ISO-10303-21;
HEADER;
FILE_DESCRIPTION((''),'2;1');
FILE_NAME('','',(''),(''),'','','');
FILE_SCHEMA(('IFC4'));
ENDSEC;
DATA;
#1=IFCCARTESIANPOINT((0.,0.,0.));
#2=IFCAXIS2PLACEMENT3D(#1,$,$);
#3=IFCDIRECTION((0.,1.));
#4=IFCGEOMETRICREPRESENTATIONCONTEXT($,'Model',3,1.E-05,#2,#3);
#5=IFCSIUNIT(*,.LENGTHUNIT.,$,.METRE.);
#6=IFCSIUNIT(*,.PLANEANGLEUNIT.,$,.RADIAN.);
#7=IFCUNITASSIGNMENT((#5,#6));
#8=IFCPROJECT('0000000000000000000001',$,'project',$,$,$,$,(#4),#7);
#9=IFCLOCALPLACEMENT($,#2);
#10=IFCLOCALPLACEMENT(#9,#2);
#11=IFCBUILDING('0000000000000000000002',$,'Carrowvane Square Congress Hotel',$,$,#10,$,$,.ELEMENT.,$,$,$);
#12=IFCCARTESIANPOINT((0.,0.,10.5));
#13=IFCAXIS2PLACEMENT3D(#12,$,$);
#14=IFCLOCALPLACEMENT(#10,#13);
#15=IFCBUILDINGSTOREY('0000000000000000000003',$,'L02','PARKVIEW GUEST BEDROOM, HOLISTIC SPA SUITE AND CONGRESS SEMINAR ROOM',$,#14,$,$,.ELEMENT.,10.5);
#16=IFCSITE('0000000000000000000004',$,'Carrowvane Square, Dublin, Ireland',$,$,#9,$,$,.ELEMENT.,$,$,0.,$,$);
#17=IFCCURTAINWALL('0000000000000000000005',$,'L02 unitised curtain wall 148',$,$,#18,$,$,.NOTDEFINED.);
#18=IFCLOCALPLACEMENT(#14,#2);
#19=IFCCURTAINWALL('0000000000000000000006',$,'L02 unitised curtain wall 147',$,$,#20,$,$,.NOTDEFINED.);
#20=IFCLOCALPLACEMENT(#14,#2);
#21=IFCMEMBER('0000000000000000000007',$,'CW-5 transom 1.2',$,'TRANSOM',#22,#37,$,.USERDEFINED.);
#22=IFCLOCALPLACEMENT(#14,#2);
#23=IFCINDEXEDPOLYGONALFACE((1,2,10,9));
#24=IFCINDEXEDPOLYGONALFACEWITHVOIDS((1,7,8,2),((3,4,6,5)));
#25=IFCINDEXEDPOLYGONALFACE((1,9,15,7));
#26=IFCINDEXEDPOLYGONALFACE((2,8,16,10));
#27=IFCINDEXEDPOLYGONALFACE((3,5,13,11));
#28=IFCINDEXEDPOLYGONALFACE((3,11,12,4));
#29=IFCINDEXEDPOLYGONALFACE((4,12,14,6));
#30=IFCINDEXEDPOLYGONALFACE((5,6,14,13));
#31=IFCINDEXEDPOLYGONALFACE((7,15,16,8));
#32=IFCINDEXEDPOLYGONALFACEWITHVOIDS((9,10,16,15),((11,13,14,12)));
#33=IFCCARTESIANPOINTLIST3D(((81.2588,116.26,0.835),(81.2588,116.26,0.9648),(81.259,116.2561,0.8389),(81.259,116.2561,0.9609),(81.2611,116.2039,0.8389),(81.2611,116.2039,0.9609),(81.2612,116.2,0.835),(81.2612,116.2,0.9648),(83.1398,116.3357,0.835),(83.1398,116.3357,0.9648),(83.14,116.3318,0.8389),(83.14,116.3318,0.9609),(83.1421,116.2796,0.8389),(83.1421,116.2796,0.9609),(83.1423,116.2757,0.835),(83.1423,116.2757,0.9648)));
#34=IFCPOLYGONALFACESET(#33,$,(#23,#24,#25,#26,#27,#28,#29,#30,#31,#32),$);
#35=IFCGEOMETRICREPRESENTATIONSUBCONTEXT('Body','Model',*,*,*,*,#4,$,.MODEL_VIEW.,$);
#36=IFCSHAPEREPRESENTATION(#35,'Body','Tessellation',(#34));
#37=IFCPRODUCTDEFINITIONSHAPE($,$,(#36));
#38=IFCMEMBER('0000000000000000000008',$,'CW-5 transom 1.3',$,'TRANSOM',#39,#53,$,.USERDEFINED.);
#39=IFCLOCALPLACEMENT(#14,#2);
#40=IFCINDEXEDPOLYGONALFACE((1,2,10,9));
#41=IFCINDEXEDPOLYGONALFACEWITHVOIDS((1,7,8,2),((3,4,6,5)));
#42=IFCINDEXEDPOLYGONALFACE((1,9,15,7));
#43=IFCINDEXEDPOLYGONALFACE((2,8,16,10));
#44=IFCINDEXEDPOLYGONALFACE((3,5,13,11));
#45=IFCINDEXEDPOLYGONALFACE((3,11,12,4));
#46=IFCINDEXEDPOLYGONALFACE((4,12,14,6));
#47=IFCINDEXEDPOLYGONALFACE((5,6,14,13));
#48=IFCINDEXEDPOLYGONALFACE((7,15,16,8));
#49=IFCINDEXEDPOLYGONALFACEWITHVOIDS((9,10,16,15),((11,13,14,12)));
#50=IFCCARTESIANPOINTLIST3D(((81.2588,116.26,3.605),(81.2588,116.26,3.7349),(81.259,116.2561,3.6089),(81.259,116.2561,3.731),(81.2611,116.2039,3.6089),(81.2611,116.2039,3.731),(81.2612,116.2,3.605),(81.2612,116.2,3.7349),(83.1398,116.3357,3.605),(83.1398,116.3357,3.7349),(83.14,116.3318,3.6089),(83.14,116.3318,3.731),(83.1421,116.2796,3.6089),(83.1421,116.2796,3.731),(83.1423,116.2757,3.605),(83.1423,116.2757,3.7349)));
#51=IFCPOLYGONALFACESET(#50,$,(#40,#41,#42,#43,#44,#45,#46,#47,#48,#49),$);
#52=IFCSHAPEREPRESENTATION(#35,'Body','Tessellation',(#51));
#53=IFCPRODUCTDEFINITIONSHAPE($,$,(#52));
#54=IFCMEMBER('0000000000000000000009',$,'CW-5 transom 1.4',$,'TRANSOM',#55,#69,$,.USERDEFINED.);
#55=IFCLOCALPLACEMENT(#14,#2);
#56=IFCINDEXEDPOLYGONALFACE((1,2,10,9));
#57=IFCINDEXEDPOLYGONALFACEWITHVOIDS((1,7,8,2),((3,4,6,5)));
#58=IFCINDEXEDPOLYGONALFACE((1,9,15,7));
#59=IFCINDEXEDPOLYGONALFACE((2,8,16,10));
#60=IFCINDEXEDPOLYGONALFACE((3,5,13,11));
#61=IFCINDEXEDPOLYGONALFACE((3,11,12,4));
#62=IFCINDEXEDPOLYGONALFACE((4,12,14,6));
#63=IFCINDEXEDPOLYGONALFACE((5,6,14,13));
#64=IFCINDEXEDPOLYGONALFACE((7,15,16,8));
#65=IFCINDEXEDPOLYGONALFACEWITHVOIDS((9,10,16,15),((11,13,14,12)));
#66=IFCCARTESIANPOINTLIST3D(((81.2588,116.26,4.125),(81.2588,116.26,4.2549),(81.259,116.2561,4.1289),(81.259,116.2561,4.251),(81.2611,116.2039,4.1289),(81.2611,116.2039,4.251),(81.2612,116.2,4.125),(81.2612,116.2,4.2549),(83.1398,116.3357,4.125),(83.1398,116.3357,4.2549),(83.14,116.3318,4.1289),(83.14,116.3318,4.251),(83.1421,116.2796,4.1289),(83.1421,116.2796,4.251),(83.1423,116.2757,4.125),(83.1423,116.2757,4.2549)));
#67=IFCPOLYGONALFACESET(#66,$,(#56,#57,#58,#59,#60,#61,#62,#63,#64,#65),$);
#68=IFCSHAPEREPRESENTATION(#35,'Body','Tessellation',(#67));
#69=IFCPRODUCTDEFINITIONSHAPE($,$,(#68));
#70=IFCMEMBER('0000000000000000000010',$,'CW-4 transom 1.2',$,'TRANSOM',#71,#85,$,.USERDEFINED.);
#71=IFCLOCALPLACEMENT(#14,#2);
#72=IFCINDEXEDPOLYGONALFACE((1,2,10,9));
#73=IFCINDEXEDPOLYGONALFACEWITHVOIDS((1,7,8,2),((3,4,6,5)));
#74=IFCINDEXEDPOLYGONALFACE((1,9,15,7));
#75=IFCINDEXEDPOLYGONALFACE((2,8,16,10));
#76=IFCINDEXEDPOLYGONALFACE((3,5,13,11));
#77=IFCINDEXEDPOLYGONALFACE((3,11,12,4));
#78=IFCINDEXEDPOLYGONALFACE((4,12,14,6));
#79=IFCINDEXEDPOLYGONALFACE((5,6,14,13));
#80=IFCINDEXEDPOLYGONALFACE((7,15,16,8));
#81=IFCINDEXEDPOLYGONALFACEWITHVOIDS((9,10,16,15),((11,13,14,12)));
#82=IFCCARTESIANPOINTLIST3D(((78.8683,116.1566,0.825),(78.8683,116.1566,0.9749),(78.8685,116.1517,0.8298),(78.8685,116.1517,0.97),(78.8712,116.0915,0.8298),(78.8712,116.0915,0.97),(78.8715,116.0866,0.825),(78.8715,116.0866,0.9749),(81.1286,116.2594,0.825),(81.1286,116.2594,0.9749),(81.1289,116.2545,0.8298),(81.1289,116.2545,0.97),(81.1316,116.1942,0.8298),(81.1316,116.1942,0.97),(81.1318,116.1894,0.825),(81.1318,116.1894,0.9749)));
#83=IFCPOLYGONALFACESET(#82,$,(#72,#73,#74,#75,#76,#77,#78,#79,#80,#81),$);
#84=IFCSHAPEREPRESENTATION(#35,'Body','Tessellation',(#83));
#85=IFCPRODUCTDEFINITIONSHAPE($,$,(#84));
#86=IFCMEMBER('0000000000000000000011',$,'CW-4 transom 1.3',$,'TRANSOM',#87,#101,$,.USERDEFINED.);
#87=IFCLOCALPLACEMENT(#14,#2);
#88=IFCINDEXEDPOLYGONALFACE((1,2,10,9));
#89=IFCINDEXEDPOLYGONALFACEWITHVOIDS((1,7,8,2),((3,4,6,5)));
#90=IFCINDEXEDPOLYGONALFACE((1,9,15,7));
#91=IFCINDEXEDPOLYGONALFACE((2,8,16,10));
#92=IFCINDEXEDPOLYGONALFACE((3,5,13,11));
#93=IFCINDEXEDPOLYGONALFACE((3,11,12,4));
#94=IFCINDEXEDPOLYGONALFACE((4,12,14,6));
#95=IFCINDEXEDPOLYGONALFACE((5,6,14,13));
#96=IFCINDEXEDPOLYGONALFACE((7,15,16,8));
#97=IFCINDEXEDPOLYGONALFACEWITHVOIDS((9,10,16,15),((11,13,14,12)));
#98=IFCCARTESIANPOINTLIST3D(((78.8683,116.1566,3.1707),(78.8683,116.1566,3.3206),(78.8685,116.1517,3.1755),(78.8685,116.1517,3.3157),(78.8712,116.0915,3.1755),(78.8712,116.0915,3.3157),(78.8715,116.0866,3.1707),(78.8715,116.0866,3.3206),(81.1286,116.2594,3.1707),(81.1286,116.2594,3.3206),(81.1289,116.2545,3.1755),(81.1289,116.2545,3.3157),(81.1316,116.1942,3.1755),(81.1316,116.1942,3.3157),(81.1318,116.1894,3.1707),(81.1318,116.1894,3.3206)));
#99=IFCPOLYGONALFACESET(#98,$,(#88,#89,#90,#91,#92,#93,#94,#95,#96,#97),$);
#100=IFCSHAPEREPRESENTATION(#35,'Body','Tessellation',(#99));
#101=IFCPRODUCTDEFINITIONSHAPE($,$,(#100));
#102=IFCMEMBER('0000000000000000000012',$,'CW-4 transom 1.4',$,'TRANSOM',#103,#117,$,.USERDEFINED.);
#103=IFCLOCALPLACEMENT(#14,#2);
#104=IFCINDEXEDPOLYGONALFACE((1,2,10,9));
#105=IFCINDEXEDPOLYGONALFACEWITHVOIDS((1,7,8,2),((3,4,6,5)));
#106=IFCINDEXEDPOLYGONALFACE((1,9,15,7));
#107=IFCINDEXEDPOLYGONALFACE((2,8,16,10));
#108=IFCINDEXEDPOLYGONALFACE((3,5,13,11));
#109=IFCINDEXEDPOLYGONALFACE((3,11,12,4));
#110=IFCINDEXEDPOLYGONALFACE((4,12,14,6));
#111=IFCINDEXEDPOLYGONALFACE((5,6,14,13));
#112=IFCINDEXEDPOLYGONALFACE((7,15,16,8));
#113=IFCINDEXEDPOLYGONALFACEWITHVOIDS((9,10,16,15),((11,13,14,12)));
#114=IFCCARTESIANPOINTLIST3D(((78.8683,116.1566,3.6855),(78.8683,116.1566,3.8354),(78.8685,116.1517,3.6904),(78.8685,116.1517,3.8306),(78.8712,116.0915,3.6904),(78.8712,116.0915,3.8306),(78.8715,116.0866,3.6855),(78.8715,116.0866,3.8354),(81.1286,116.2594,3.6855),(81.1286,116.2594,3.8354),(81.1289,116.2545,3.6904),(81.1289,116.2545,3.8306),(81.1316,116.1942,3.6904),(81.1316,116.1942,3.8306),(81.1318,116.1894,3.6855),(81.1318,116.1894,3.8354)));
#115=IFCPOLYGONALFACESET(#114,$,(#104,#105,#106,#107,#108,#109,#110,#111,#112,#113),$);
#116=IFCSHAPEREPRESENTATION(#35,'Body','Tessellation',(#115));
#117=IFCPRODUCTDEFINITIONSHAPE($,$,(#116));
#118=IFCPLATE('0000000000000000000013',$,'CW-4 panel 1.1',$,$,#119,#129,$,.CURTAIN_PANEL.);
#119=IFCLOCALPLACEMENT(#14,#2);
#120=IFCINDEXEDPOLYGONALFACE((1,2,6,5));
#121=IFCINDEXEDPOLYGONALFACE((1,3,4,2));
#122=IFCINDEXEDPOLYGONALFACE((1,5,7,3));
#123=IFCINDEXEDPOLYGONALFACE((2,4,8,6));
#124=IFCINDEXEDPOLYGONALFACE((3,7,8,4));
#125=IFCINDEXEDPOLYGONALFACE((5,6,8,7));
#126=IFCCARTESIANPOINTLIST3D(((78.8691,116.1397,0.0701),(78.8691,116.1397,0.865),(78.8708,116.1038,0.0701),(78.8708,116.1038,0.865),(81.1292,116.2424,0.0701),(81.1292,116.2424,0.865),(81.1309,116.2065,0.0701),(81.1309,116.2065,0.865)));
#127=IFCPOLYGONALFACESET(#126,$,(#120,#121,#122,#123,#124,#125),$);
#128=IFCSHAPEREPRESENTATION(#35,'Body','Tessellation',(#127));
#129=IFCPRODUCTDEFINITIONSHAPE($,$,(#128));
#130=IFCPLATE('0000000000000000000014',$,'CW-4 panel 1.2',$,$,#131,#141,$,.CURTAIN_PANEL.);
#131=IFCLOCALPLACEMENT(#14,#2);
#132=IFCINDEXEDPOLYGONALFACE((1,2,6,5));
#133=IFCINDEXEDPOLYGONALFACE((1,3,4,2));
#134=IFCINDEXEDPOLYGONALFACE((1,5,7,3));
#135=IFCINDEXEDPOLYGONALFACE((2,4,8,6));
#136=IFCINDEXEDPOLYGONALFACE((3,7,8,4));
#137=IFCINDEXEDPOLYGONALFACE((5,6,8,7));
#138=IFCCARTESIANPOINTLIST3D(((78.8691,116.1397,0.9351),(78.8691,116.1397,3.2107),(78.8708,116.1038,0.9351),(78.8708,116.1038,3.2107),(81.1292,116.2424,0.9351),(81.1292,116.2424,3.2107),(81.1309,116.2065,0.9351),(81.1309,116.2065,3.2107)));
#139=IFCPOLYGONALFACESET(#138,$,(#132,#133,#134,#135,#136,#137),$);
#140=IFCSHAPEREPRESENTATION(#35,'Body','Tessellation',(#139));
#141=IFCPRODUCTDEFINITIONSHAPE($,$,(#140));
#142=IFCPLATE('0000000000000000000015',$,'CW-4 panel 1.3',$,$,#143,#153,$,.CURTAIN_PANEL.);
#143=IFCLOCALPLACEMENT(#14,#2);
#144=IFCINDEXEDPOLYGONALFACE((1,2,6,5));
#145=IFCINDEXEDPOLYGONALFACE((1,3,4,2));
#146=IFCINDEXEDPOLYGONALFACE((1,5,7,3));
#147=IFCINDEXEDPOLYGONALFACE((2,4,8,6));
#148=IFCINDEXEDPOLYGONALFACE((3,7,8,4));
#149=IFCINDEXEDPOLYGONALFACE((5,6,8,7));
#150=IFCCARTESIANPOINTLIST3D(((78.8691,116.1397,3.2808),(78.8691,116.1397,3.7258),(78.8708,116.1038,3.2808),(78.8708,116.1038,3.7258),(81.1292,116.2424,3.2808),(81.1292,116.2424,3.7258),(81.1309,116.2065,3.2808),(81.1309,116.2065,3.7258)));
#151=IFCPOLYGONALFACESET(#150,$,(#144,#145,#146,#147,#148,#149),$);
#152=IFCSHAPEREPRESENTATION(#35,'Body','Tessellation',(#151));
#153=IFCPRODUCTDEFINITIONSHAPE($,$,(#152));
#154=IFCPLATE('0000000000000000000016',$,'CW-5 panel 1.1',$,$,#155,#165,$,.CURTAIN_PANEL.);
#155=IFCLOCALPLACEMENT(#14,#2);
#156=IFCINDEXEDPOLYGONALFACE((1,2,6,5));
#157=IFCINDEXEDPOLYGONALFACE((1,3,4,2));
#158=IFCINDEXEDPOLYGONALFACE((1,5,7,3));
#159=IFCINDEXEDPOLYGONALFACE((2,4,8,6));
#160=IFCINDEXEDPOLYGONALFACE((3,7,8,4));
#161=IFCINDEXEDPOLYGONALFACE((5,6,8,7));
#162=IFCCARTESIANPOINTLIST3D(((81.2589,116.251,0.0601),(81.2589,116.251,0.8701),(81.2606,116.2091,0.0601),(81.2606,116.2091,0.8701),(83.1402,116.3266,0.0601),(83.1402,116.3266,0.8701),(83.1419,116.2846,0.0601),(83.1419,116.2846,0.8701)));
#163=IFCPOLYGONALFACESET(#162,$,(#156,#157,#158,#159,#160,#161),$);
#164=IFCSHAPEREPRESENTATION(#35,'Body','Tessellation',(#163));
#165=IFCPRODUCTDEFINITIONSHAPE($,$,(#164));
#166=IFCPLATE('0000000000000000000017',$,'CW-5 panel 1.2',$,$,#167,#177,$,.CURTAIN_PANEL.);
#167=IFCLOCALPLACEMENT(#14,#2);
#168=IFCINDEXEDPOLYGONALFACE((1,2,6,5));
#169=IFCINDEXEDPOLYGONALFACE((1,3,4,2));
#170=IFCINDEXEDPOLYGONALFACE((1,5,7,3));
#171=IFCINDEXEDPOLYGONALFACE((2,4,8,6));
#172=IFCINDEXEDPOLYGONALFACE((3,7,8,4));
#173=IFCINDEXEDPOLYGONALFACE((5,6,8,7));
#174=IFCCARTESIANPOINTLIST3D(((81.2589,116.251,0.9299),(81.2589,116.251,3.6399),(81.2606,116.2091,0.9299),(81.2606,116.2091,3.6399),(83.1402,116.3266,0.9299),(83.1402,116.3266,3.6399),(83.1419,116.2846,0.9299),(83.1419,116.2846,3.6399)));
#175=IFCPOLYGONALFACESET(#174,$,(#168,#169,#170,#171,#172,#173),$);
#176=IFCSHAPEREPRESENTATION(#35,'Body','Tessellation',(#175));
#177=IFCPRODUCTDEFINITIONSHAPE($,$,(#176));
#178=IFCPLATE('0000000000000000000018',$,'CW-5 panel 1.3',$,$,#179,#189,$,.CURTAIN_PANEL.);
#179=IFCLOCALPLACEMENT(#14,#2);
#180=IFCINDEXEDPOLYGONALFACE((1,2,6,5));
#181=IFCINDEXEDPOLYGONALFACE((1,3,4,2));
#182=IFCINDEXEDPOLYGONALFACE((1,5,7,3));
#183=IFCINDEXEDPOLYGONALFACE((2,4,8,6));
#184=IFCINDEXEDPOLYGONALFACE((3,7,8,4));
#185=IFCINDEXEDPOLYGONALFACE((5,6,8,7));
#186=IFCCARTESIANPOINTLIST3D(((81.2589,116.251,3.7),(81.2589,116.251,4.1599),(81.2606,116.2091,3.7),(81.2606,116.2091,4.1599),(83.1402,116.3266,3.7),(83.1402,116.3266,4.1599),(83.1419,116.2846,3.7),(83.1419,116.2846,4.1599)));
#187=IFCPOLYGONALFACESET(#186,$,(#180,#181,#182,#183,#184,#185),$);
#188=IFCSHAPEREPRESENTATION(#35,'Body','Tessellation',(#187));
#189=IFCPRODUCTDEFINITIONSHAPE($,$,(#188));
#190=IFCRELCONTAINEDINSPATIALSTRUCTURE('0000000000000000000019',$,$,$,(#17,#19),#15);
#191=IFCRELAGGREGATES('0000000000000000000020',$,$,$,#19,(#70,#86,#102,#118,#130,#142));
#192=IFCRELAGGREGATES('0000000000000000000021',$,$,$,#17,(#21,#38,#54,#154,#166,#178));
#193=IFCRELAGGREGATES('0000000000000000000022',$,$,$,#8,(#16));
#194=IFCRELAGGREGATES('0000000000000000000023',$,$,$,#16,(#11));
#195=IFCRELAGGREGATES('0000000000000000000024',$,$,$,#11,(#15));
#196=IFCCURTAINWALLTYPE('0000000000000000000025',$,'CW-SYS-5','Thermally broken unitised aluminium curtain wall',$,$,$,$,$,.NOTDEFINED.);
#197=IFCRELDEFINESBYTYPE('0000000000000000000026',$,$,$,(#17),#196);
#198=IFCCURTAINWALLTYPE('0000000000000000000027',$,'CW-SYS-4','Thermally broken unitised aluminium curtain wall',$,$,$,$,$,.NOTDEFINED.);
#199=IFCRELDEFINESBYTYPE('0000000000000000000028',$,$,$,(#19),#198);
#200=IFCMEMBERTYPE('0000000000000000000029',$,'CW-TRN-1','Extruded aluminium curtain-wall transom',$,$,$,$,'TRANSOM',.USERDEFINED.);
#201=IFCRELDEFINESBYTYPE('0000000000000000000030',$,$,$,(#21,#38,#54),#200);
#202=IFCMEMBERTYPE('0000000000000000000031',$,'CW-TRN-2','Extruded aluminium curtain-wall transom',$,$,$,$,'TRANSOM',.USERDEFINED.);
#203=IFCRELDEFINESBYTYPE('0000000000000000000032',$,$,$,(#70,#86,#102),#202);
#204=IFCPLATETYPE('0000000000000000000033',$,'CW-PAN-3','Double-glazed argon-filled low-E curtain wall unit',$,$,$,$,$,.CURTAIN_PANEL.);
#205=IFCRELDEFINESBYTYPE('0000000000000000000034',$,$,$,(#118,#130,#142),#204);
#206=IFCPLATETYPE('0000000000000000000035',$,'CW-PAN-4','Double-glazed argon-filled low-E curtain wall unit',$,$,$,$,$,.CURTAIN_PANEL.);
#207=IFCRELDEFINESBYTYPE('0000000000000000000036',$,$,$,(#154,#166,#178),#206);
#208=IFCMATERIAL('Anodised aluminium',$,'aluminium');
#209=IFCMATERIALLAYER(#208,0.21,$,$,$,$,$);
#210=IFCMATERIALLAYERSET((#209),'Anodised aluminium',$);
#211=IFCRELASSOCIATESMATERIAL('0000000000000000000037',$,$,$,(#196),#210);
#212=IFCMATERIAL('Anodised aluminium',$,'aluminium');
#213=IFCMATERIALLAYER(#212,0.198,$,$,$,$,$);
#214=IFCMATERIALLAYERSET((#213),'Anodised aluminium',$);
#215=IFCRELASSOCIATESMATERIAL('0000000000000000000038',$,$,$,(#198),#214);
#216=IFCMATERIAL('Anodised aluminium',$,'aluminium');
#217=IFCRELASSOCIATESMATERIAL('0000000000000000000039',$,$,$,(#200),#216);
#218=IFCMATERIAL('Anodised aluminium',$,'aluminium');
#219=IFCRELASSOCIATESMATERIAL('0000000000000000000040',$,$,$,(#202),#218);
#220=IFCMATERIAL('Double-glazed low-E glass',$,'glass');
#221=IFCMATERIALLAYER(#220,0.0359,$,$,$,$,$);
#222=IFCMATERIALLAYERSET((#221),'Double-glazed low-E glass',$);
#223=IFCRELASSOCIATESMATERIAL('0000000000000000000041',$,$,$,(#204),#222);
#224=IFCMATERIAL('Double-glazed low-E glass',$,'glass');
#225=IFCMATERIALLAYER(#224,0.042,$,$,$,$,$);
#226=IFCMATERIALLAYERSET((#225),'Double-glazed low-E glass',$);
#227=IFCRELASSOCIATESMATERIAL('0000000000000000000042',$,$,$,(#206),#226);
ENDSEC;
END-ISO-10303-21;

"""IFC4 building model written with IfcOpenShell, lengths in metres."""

from ifc_helpers import new_model, si_unit, direction, frame, origin, origin_2d, place, context, subcontext, project, spatial, rectangle, hollow_rectangle, extrude, material, layer, layer_set, material_profile, profile_set, type_object, element, aggregate, save


model = new_model("IFC4")

# Units and contexts
model_context = context("Model", 3, precision=1e-05, world=origin(), true_north=direction((0.0, 1.0)))
body_context = subcontext(model_context, "Body", "Model", "MODEL_VIEW")
ifc_project = project(units=[si_unit("LENGTHUNIT", "METRE"), si_unit("PLANEANGLEUNIT", "RADIAN")], contexts=[model_context])

# Site, building, storey
site_placement = place(None, origin())
site = spatial("IfcSite", under=ifc_project, at=site_placement, Name="Carrowvane Square, Dublin, Ireland", CompositionType="ELEMENT", RefElevation=0.0)
building_placement = place(site_placement, origin())
building = spatial("IfcBuilding", under=site, at=building_placement, Name="Carrowvane Square Congress Hotel", CompositionType="ELEMENT")
storey_placement = place(building_placement, frame((0.0, 0.0, 10.5)))
storey = spatial("IfcBuildingStorey", under=building, at=storey_placement, Name="L02", Description="PARKVIEW GUEST BEDROOM, HOLISTIC SPA SUITE AND CONGRESS SEMINAR ROOM", CompositionType="ELEMENT", Elevation=10.5)

# Curtain wall
ifc_material_1 = material(Name="Anodised aluminium", Category="aluminium")
ifc_layer_1 = layer(ifc_material_1, 0.21)
ifc_layer_set_1 = layer_set([ifc_layer_1], Name="Anodised aluminium")
curtain_wall_type_1 = type_object("IfcCurtainWallType", Name="CW-SYS-5", Description="Thermally broken unitised aluminium curtain wall", PredefinedType="NOTDEFINED", material=ifc_layer_set_1)
curtain_wall_1_placement = place(storey_placement, origin())
curtain_wall_1 = element("IfcCurtainWall", 1, at=curtain_wall_1_placement, inside=storey, type_object=curtain_wall_type_1, Name="L02 unitised curtain wall 148", PredefinedType="NOTDEFINED")

# Curtain wall
ifc_material_2 = material(Name="Anodised aluminium", Category="aluminium")
ifc_layer_2 = layer(ifc_material_2, 0.198)
ifc_layer_set_2 = layer_set([ifc_layer_2], Name="Anodised aluminium")
curtain_wall_type_2 = type_object("IfcCurtainWallType", Name="CW-SYS-4", Description="Thermally broken unitised aluminium curtain wall", PredefinedType="NOTDEFINED", material=ifc_layer_set_2)
curtain_wall_2_placement = place(storey_placement, origin())
curtain_wall_2 = element("IfcCurtainWall", 2, at=curtain_wall_2_placement, inside=storey, type_object=curtain_wall_type_2, Name="L02 unitised curtain wall 147", PredefinedType="NOTDEFINED")

# Members
ifc_material_3 = material(Name="Anodised aluminium", Category="aluminium")
ifc_material_profile_1 = material_profile(ifc_material_3, hollow_rectangle(XDim=0.0601, YDim=0.1299, WallThickness=0.0039, at=origin_2d()), Name="CW-TR 60x130x4")
ifc_profile_set_1 = profile_set([ifc_material_profile_1], Name="Anodised aluminium")
member_type_1 = type_object("IfcMemberType", Name="CW-TRN-1", Description="Extruded aluminium curtain-wall transom", ElementType="TRANSOM", PredefinedType="USERDEFINED", material=ifc_profile_set_1)
member_1_placement = place(storey_placement, frame((81.26, 116.23, 0.8999), z_axis=(0.999192, 0.040201, 0.0), x_axis=(-0.040201, 0.999192, 0.0)))
member_1 = element("IfcMember", 3, at=member_1_placement, type_object=member_type_1, Name="CW-5 transom 1.2", ObjectType="TRANSOM", PredefinedType="USERDEFINED", context=body_context, shape_type="SweptSolid", body=[
    extrude(hollow_rectangle(XDim=0.0601, YDim=0.1299, WallThickness=0.0039, at=origin_2d()), origin(), (0.0, 0.0, 1.0), 1.8826),
])
member_2_placement = place(storey_placement, frame((81.26, 116.23, 3.6699), z_axis=(0.999192, 0.040201, 0.0), x_axis=(-0.040201, 0.999192, 0.0)))
member_2 = element("IfcMember", 4, at=member_2_placement, type_object=member_type_1, Name="CW-5 transom 1.3", ObjectType="TRANSOM", PredefinedType="USERDEFINED", context=body_context, shape_type="SweptSolid", body=[
    extrude(hollow_rectangle(XDim=0.0601, YDim=0.1299, WallThickness=0.0039, at=origin_2d()), origin(), (0.0, 0.0, 1.0), 1.8826),
])
member_3_placement = place(storey_placement, frame((81.26, 116.23, 4.1899), z_axis=(0.999192, 0.040201, 0.0), x_axis=(-0.040201, 0.999192, 0.0)))
member_3 = element("IfcMember", 5, at=member_3_placement, type_object=member_type_1, Name="CW-5 transom 1.4", ObjectType="TRANSOM", PredefinedType="USERDEFINED", context=body_context, shape_type="SweptSolid", body=[
    extrude(hollow_rectangle(XDim=0.0601, YDim=0.1299, WallThickness=0.0039, at=origin_2d()), origin(), (0.0, 0.0, 1.0), 1.8826),
])
ifc_material_4 = material(Name="Anodised aluminium", Category="aluminium")
ifc_material_profile_2 = material_profile(ifc_material_4, hollow_rectangle(XDim=0.0701, YDim=0.1499, WallThickness=0.0049, at=origin_2d()), Name="CW-TR 70x150x5")
ifc_profile_set_2 = profile_set([ifc_material_profile_2], Name="Anodised aluminium")
member_type_2 = type_object("IfcMemberType", Name="CW-TRN-2", Description="Extruded aluminium curtain-wall transom", ElementType="TRANSOM", PredefinedType="USERDEFINED", material=ifc_profile_set_2)
member_4_placement = place(storey_placement, frame((78.8699, 116.1216, 0.8999), z_axis=(0.998968, 0.045427, 0.0), x_axis=(-0.045427, 0.998968, 0.0)))
member_4 = element("IfcMember", 6, at=member_4_placement, type_object=member_type_2, Name="CW-4 transom 1.2", ObjectType="TRANSOM", PredefinedType="USERDEFINED", context=body_context, shape_type="SweptSolid", body=[
    extrude(hollow_rectangle(XDim=0.0701, YDim=0.1499, WallThickness=0.0049, at=origin_2d()), origin(), (0.0, 0.0, 1.0), 2.2627),
])
member_5_placement = place(storey_placement, frame((78.8699, 116.1216, 3.2456), z_axis=(0.998968, 0.045427, 0.0), x_axis=(-0.045427, 0.998968, 0.0)))
member_5 = element("IfcMember", 7, at=member_5_placement, type_object=member_type_2, Name="CW-4 transom 1.3", ObjectType="TRANSOM", PredefinedType="USERDEFINED", context=body_context, shape_type="SweptSolid", body=[
    extrude(hollow_rectangle(XDim=0.0701, YDim=0.1499, WallThickness=0.0049, at=origin_2d()), origin(), (0.0, 0.0, 1.0), 2.2627),
])
member_6_placement = place(storey_placement, frame((78.8699, 116.1216, 3.7605), z_axis=(0.998968, 0.045427, 0.0), x_axis=(-0.045427, 0.998968, 0.0)))
member_6 = element("IfcMember", 8, at=member_6_placement, type_object=member_type_2, Name="CW-4 transom 1.4", ObjectType="TRANSOM", PredefinedType="USERDEFINED", context=body_context, shape_type="SweptSolid", body=[
    extrude(hollow_rectangle(XDim=0.0701, YDim=0.1499, WallThickness=0.0049, at=origin_2d()), origin(), (0.0, 0.0, 1.0), 2.2627),
])

# Plates
ifc_material_5 = material(Name="Double-glazed low-E glass", Category="glass")
ifc_layer_3 = layer(ifc_material_5, 0.0359)
ifc_layer_set_3 = layer_set([ifc_layer_3], Name="Double-glazed low-E glass")
plate_type_1 = type_object("IfcPlateType", Name="CW-PAN-3", Description="Double-glazed argon-filled low-E curtain wall unit", PredefinedType="CURTAIN_PANEL", material=ifc_layer_set_3)
plate_1_placement = place(storey_placement, frame((80.0, 116.1731, 0.0701), z_axis=(0.0, 0.0, 1.0), x_axis=(0.998968, 0.045411, 0.0)))
plate_1 = element("IfcPlate", 9, at=plate_1_placement, type_object=plate_type_1, Name="CW-4 panel 1.1", PredefinedType="CURTAIN_PANEL", context=body_context, shape_type="SweptSolid", body=[
    extrude(rectangle(XDim=2.2625, YDim=0.0359, at=origin_2d()), origin(), (0.0, 0.0, 1.0), 0.7949),
])
plate_2_placement = place(storey_placement, frame((80.0, 116.1731, 0.9351), z_axis=(0.0, 0.0, 1.0), x_axis=(0.998968, 0.045411, 0.0)))
plate_2 = element("IfcPlate", 10, at=plate_2_placement, type_object=plate_type_1, Name="CW-4 panel 1.2", PredefinedType="CURTAIN_PANEL", context=body_context, shape_type="SweptSolid", body=[
    extrude(rectangle(XDim=2.2625, YDim=0.0359, at=origin_2d()), origin(), (0.0, 0.0, 1.0), 2.2756),
])
plate_3_placement = place(storey_placement, frame((80.0, 116.1731, 3.2808), z_axis=(0.0, 0.0, 1.0), x_axis=(0.998968, 0.045411, 0.0)))
plate_3 = element("IfcPlate", 11, at=plate_3_placement, type_object=plate_type_1, Name="CW-4 panel 1.3", PredefinedType="CURTAIN_PANEL", context=body_context, shape_type="SweptSolid", body=[
    extrude(rectangle(XDim=2.2625, YDim=0.0359, at=origin_2d()), origin(), (0.0, 0.0, 1.0), 0.4451),
])
aggregate(curtain_wall_2, [member_4, member_5, member_6, plate_1, plate_2, plate_3])
ifc_material_6 = material(Name="Double-glazed low-E glass", Category="glass")
ifc_layer_4 = layer(ifc_material_6, 0.042)
ifc_layer_set_4 = layer_set([ifc_layer_4], Name="Double-glazed low-E glass")
plate_type_2 = type_object("IfcPlateType", Name="CW-PAN-4", Description="Double-glazed argon-filled low-E curtain wall unit", PredefinedType="CURTAIN_PANEL", material=ifc_layer_set_4)
plate_4_placement = place(storey_placement, frame((82.2004, 116.2678, 0.0601), z_axis=(0.0, 0.0, 1.0), x_axis=(0.999194, 0.040136, 0.0)))
plate_4 = element("IfcPlate", 12, at=plate_4_placement, type_object=plate_type_2, Name="CW-5 panel 1.1", PredefinedType="CURTAIN_PANEL", context=body_context, shape_type="SweptSolid", body=[
    extrude(rectangle(XDim=1.8828, YDim=0.042, at=origin_2d()), origin(), (0.0, 0.0, 1.0), 0.8101),
])
plate_5_placement = place(storey_placement, frame((82.2004, 116.2678, 0.9299), z_axis=(0.0, 0.0, 1.0), x_axis=(0.999194, 0.040136, 0.0)))
plate_5 = element("IfcPlate", 13, at=plate_5_placement, type_object=plate_type_2, Name="CW-5 panel 1.2", PredefinedType="CURTAIN_PANEL", context=body_context, shape_type="SweptSolid", body=[
    extrude(rectangle(XDim=1.8828, YDim=0.042, at=origin_2d()), origin(), (0.0, 0.0, 1.0), 2.71),
])
plate_6_placement = place(storey_placement, frame((82.2004, 116.2678, 3.7), z_axis=(0.0, 0.0, 1.0), x_axis=(0.999194, 0.040136, 0.0)))
plate_6 = element("IfcPlate", 14, at=plate_6_placement, type_object=plate_type_2, Name="CW-5 panel 1.3", PredefinedType="CURTAIN_PANEL", context=body_context, shape_type="SweptSolid", body=[
    extrude(rectangle(XDim=1.8828, YDim=0.042, at=origin_2d()), origin(), (0.0, 0.0, 1.0), 0.46),
])
aggregate(curtain_wall_1, [member_1, member_2, member_3, plate_4, plate_5, plate_6])

save(model, "model.ifc")
